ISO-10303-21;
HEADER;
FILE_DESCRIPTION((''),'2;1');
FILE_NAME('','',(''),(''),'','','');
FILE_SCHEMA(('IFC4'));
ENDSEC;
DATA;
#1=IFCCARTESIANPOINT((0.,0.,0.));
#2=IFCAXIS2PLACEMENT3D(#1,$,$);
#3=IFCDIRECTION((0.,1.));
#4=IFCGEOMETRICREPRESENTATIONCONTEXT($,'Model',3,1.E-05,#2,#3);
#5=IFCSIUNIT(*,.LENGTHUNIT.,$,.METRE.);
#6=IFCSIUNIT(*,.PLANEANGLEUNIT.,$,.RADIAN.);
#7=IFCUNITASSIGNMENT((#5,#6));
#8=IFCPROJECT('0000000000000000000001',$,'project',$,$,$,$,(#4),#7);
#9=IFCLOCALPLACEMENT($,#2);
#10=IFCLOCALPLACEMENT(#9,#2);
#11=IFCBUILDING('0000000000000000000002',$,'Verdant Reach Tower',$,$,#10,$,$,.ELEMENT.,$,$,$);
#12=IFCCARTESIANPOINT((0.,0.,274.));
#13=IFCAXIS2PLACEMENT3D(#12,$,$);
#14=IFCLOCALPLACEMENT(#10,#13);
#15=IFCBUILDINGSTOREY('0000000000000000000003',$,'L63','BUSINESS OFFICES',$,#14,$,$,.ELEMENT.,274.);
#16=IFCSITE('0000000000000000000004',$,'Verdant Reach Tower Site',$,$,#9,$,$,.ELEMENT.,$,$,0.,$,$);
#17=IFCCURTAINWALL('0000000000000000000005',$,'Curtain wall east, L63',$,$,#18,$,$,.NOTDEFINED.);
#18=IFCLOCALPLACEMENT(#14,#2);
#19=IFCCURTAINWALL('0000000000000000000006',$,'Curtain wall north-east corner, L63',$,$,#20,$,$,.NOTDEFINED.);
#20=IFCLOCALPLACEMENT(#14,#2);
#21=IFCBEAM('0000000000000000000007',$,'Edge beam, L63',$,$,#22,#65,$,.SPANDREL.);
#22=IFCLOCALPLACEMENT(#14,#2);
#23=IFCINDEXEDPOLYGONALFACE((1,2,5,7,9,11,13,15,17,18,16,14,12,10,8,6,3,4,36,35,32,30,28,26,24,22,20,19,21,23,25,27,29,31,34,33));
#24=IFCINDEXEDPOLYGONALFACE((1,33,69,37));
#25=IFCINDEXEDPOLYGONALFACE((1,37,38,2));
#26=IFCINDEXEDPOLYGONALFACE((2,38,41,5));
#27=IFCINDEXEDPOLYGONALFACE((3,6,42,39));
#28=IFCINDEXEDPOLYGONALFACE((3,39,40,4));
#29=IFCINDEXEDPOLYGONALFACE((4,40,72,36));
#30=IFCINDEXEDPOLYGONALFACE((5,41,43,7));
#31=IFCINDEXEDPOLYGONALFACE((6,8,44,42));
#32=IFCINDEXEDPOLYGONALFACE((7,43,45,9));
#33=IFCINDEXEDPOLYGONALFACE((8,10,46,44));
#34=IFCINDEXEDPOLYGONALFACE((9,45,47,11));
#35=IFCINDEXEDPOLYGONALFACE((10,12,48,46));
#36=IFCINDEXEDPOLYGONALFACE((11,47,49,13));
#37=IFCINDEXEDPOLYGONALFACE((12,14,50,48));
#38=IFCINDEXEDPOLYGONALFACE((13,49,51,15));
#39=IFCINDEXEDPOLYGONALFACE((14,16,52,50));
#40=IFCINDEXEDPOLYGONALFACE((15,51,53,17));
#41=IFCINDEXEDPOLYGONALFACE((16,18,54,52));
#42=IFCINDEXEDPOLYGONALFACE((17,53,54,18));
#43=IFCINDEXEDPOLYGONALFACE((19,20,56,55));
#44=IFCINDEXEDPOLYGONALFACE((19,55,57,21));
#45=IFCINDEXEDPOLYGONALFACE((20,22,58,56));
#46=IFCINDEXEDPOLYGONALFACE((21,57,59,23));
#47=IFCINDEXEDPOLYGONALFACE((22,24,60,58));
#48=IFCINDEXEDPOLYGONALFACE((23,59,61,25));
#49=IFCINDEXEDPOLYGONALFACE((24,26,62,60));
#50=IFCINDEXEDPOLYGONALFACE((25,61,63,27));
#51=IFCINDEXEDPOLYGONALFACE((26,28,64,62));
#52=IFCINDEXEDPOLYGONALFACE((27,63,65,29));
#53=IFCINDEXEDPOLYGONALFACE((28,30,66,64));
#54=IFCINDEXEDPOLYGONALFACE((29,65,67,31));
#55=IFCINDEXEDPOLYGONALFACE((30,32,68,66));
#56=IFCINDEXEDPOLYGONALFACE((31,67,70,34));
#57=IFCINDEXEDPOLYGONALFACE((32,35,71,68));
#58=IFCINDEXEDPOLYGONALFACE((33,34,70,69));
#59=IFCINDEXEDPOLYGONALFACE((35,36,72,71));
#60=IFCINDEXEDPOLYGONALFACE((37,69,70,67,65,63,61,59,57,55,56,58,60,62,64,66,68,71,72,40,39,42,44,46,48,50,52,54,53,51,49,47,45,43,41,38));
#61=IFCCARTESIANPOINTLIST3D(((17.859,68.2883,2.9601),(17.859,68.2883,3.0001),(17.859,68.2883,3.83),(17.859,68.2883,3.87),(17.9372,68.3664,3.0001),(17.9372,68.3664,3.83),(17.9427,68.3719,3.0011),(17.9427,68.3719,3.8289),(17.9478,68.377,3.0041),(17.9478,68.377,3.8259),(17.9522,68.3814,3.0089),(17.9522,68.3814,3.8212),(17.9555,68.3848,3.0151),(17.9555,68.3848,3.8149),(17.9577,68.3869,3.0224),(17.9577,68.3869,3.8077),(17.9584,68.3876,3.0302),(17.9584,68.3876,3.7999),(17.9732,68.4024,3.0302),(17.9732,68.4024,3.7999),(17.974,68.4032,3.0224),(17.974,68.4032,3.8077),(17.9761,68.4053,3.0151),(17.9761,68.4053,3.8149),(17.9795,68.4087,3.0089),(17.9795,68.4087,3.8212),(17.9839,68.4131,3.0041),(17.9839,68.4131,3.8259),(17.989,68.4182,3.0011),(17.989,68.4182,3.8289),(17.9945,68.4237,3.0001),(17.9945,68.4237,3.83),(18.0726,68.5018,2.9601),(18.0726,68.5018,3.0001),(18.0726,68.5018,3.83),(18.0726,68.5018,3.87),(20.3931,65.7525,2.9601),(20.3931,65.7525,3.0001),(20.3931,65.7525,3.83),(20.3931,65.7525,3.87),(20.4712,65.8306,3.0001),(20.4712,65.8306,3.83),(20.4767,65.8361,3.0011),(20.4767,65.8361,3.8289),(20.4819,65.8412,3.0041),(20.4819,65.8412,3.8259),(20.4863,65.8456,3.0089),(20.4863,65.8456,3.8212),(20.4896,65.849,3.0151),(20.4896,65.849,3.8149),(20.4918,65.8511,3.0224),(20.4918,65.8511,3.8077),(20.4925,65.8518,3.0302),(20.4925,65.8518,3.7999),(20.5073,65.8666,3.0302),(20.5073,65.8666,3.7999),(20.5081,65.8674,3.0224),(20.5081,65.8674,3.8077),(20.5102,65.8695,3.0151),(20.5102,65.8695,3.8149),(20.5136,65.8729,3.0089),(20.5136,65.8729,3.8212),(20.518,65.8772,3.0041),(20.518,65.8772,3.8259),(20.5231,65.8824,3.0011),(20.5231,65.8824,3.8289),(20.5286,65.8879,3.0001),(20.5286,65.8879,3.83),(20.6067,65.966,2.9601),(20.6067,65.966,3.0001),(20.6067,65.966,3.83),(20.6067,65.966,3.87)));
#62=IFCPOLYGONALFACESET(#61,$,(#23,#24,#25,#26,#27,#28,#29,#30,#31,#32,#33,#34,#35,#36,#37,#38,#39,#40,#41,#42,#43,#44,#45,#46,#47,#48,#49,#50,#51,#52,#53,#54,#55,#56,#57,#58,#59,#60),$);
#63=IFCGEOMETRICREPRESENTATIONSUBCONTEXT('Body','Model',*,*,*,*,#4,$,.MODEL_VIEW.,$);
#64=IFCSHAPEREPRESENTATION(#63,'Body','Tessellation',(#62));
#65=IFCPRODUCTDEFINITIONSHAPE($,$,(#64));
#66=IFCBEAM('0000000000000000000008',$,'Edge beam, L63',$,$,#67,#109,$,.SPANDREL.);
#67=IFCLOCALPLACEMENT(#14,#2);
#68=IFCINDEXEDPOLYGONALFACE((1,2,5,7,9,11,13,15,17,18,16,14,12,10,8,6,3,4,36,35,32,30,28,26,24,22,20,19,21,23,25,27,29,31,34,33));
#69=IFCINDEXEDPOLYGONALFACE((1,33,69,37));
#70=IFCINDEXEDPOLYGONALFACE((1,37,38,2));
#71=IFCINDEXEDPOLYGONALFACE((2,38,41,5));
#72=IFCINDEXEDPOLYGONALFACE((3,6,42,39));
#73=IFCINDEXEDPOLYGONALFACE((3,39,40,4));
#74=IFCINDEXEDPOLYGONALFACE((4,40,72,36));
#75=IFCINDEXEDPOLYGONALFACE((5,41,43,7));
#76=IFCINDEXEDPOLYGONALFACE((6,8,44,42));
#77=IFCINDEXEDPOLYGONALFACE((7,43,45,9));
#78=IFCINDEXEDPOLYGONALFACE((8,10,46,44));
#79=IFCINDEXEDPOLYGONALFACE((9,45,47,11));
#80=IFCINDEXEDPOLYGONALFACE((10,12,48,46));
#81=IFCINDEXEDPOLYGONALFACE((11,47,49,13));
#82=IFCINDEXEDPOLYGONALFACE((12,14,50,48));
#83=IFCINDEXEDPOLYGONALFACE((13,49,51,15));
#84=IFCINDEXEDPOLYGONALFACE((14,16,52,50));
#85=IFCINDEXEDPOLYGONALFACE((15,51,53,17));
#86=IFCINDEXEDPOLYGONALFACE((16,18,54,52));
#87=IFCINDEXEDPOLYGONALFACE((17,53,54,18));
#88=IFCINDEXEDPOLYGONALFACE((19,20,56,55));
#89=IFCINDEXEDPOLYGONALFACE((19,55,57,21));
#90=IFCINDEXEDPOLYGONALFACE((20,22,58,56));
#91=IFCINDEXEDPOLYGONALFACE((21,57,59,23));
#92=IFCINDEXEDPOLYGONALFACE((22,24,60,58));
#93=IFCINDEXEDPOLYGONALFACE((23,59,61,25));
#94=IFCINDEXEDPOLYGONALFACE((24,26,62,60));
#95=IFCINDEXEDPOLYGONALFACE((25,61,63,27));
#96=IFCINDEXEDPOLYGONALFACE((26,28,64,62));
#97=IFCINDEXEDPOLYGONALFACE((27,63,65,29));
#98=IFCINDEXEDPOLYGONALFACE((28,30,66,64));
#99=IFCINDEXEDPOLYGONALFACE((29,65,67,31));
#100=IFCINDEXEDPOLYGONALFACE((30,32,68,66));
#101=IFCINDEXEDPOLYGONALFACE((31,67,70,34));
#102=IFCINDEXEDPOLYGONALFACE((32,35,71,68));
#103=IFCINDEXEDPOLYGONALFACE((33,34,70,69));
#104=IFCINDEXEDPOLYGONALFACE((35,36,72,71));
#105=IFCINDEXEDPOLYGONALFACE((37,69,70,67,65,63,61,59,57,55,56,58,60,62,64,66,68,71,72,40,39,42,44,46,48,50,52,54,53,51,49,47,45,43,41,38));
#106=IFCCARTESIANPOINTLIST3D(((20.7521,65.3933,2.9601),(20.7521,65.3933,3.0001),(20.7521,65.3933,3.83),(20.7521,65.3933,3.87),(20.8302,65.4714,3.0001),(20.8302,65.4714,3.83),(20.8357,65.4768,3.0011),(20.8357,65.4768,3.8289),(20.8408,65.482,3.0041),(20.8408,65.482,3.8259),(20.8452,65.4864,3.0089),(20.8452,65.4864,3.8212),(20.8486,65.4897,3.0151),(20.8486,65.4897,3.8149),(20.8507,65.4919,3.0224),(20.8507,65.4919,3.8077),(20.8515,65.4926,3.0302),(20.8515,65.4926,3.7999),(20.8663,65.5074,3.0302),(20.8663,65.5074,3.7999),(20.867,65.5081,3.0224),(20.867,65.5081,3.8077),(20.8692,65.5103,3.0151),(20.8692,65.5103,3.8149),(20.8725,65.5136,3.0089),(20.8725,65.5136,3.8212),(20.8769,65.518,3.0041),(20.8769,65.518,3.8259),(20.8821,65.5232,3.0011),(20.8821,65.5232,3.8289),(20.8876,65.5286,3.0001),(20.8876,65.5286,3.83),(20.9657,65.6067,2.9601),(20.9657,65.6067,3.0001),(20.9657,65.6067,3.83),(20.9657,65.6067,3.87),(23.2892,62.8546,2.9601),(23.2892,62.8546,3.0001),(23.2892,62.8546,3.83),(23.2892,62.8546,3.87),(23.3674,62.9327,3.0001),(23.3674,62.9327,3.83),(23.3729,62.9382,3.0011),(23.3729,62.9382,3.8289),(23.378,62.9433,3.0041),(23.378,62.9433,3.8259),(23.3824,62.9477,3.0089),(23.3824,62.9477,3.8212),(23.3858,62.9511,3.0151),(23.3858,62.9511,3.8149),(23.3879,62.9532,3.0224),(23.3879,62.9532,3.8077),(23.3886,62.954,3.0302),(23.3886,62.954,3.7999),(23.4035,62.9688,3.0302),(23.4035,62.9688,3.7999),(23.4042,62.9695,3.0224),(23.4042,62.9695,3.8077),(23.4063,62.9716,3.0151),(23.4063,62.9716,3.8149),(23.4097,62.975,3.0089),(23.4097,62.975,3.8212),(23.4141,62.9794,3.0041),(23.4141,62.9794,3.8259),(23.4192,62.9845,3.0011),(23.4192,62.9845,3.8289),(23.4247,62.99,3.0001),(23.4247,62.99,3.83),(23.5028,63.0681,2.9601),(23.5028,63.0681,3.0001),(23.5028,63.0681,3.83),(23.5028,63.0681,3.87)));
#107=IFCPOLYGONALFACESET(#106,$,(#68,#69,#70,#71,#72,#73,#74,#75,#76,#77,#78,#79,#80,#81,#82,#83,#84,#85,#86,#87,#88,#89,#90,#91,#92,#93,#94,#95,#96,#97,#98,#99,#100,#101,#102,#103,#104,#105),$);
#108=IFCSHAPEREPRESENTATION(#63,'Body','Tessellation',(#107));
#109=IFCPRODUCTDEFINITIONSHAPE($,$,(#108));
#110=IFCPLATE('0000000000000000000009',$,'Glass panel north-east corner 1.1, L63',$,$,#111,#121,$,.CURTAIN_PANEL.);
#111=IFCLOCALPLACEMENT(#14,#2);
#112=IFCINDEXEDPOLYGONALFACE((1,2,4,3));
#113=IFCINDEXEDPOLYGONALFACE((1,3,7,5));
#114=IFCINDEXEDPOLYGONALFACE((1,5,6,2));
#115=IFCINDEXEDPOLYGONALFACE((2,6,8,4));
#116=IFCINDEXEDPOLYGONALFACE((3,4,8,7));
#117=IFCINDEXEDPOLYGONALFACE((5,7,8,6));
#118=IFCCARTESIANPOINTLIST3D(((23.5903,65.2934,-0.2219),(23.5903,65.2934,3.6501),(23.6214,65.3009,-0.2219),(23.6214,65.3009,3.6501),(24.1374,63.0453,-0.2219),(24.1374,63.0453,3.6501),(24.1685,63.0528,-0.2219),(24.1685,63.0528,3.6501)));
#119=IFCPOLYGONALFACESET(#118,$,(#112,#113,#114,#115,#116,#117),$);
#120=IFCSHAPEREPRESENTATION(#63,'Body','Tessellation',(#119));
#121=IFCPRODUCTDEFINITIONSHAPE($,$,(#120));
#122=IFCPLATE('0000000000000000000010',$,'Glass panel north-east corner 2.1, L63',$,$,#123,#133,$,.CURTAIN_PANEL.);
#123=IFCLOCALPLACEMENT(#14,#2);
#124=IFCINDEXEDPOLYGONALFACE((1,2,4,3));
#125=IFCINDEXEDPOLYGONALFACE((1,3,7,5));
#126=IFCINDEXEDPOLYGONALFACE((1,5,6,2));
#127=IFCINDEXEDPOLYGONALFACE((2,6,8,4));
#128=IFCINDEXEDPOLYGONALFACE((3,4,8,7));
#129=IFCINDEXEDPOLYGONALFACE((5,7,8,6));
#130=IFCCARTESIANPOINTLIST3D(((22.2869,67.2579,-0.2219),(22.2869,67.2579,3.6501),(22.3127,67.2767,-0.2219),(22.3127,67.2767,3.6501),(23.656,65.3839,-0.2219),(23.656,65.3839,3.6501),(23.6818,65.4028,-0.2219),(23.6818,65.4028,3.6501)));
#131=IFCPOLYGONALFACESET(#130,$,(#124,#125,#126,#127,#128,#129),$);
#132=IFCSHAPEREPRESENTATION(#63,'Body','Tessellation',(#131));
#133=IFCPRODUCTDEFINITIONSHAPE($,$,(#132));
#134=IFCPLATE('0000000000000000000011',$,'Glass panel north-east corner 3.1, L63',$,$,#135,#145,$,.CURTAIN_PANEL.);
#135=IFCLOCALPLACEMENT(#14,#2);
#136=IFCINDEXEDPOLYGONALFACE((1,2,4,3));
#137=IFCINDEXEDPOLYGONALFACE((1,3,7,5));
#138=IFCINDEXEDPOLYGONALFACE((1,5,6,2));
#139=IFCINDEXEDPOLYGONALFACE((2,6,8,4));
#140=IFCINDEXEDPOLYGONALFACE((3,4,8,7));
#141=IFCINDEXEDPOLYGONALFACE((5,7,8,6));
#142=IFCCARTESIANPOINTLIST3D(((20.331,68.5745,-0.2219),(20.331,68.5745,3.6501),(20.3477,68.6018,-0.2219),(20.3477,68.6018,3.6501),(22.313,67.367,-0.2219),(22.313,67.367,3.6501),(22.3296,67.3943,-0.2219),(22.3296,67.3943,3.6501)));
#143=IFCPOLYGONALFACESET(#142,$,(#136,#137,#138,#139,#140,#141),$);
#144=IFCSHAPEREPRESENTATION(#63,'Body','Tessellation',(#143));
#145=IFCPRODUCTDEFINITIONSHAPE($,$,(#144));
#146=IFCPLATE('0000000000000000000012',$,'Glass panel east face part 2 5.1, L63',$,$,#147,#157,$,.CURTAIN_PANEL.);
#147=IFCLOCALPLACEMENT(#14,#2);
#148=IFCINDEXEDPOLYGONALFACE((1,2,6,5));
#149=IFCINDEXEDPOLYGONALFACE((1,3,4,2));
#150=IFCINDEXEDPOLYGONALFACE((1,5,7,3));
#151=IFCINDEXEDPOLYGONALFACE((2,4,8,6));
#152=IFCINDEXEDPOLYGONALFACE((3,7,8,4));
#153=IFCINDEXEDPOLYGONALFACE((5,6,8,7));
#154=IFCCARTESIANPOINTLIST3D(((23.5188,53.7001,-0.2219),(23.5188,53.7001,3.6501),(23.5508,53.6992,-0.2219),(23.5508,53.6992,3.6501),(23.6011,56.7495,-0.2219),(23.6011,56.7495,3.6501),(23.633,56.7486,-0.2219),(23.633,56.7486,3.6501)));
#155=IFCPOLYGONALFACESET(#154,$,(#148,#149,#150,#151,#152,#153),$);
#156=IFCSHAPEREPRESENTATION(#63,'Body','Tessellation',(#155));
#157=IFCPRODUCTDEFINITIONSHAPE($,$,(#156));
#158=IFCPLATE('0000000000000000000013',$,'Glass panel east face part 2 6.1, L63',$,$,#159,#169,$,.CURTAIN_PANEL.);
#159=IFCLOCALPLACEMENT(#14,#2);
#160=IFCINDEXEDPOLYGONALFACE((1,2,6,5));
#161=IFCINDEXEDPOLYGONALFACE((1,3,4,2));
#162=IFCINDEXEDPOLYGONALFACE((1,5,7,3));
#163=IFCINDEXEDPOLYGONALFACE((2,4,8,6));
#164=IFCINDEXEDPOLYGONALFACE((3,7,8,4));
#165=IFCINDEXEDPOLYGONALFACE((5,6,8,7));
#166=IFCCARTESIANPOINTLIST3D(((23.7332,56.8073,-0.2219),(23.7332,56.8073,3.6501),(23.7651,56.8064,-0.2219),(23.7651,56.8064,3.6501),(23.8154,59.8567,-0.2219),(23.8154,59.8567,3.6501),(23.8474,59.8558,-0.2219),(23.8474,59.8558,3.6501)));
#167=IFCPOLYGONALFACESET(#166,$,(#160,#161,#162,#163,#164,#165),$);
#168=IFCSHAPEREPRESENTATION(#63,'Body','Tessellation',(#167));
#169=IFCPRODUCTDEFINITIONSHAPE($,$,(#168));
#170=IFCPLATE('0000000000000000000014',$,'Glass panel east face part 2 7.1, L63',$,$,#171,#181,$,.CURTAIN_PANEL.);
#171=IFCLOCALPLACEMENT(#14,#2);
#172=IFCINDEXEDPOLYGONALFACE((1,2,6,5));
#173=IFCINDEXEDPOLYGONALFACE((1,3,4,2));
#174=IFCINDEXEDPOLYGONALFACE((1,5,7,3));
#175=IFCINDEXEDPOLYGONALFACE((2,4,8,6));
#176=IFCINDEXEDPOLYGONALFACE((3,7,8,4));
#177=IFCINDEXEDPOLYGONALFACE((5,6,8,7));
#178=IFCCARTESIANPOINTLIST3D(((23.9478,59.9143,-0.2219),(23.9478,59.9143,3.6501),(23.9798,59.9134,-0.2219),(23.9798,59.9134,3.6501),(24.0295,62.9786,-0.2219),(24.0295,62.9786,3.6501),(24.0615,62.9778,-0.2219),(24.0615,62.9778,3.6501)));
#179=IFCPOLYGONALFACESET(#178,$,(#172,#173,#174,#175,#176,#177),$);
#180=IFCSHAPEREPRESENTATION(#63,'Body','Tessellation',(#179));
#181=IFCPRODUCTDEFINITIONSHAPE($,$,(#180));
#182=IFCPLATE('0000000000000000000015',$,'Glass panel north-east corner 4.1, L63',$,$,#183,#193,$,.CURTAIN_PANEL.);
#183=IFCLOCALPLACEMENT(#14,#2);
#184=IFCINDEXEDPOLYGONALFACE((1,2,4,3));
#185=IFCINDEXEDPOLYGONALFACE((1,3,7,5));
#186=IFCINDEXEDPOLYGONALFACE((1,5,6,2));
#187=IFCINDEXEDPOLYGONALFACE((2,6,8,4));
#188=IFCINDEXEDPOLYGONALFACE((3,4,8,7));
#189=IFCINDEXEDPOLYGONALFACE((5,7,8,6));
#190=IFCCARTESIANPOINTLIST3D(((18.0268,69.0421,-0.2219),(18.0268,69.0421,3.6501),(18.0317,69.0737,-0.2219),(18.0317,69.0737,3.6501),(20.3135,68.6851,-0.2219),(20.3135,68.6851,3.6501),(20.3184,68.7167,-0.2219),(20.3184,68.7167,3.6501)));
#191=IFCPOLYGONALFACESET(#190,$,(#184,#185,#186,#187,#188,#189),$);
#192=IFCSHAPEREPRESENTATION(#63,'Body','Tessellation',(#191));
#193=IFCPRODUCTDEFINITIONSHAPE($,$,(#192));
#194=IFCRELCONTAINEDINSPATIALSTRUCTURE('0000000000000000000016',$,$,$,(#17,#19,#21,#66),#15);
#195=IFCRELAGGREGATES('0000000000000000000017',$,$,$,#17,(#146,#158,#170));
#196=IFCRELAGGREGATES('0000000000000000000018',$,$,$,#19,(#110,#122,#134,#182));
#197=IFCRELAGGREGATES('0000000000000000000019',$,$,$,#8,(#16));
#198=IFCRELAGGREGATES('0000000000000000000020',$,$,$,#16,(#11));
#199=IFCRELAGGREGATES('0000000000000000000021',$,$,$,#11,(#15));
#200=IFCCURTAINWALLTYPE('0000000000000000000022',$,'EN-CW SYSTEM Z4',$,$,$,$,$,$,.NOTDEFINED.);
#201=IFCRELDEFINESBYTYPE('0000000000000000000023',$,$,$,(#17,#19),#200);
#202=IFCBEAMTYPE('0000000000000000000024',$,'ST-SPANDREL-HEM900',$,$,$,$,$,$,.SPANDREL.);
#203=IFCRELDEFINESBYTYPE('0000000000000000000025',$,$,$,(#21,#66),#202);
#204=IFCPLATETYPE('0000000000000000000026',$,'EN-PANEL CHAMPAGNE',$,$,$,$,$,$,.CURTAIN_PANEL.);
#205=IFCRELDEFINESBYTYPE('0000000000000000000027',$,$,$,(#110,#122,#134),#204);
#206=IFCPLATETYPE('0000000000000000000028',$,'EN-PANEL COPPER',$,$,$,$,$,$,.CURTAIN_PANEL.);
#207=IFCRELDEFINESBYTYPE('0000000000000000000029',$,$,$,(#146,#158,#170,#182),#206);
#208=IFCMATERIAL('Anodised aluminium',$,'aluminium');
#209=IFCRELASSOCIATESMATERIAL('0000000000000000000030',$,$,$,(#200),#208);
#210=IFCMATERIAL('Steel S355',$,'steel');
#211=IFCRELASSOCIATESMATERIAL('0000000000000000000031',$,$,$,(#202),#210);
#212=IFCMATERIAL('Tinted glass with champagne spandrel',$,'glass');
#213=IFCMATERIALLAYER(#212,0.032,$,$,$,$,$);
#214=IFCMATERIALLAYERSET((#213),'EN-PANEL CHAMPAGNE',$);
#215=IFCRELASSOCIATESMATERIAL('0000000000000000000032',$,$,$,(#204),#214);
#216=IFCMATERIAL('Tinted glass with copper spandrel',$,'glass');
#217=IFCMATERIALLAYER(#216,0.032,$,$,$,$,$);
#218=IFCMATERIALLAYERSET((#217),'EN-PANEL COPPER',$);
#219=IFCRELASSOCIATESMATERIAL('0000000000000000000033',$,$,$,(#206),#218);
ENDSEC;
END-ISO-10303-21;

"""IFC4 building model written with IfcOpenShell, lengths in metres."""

from ifc_helpers import new_model, si_unit, direction, frame, origin, origin_2d, place, context, subcontext, project, spatial, rectangle, i_section, extrude, material, layer, layer_set, material_profile, profile_set, type_object, element, aggregate, save


model = new_model("IFC4")

# Units and contexts
model_context = context("Model", 3, precision=1e-05, world=origin(), true_north=direction((0.0, 1.0)))
body_context = subcontext(model_context, "Body", "Model", "MODEL_VIEW")
ifc_project = project(units=[si_unit("LENGTHUNIT", "METRE"), si_unit("PLANEANGLEUNIT", "RADIAN")], contexts=[model_context])

# Site, building, storey
site_placement = place(None, origin())
site = spatial("IfcSite", under=ifc_project, at=site_placement, Name="Verdant Reach Tower Site", CompositionType="ELEMENT", RefElevation=0.0)
building_placement = place(site_placement, origin())
building = spatial("IfcBuilding", under=site, at=building_placement, Name="Verdant Reach Tower", CompositionType="ELEMENT")
storey_placement = place(building_placement, frame((0.0, 0.0, 274.0)))
storey = spatial("IfcBuildingStorey", under=building, at=storey_placement, Name="L63", Description="BUSINESS OFFICES", CompositionType="ELEMENT", Elevation=274.0)

# Curtain walls
ifc_material_1 = material(Name="Anodised aluminium", Category="aluminium")
curtain_wall_type = type_object("IfcCurtainWallType", Name="EN-CW SYSTEM Z4", PredefinedType="NOTDEFINED", material=ifc_material_1)
curtain_wall_1_placement = place(storey_placement, origin())
curtain_wall_1 = element("IfcCurtainWall", 1, at=curtain_wall_1_placement, inside=storey, type_object=curtain_wall_type, Name="Curtain wall east, L63", PredefinedType="NOTDEFINED")
curtain_wall_2_placement = place(storey_placement, origin())
curtain_wall_2 = element("IfcCurtainWall", 2, at=curtain_wall_2_placement, inside=storey, type_object=curtain_wall_type, Name="Curtain wall north-east corner, L63", PredefinedType="NOTDEFINED")

# Beams
ifc_material_2 = material(Name="Steel S355", Category="steel")
ifc_material_profile_1 = material_profile(ifc_material_2, i_section(OverallWidth=0.302, OverallDepth=0.9099, WebThickness=0.021, FlangeThickness=0.04, FilletRadius=0.03, at=origin_2d()), Name="HEM 900")
ifc_profile_set_1 = profile_set([ifc_material_profile_1], Name="Steel S355")
beam_type_1 = type_object("IfcBeamType", Name="ST-SPANDREL-HEM900", PredefinedType="SPANDREL", material=ifc_profile_set_1)
beam_1_placement = place(storey_placement, frame((17.9658, 68.395, 3.415), z_axis=(0.706868, -0.707345, 0.0), x_axis=(0.707345, 0.706868, 0.0)))
element("IfcBeam", 3, at=beam_1_placement, inside=storey, type_object=beam_type_1, Name="Edge beam, L63", PredefinedType="SPANDREL", context=body_context, shape_type="SweptSolid", body=[
    extrude(i_section(OverallWidth=0.302, OverallDepth=0.9099, WebThickness=0.021, FlangeThickness=0.04, FilletRadius=0.03, at=origin_2d()), origin(), (0.0, 0.0, 1.0), 3.585),
])
beam_2_placement = place(storey_placement, frame((20.8589, 65.5, 3.415), z_axis=(0.706903, -0.707311, 0.0), x_axis=(0.707311, 0.706903, 0.0)))
element("IfcBeam", 4, at=beam_2_placement, inside=storey, type_object=beam_type_1, Name="Edge beam, L63", PredefinedType="SPANDREL", context=body_context, shape_type="SweptSolid", body=[
    extrude(i_section(OverallWidth=0.302, OverallDepth=0.9099, WebThickness=0.021, FlangeThickness=0.04, FilletRadius=0.03, at=origin_2d()), origin(), (0.0, 0.0, 1.0), 3.5891),
])

# Plates
ifc_material_3 = material(Name="Tinted glass with champagne spandrel", Category="glass")
ifc_layer_1 = layer(ifc_material_3, 0.032)
ifc_layer_set_1 = layer_set([ifc_layer_1], Name="EN-PANEL CHAMPAGNE")
plate_type_1 = type_object("IfcPlateType", Name="EN-PANEL CHAMPAGNE", PredefinedType="CURTAIN_PANEL", material=ifc_layer_set_1)
plate_1_placement = place(storey_placement, frame((23.8794, 64.1731, -0.2219), z_axis=(0.0, 0.0, 1.0), x_axis=(-0.236459, 0.971642, 0.0)))
plate_1 = element("IfcPlate", 5, at=plate_1_placement, type_object=plate_type_1, Name="Glass panel north-east corner 1.1, L63", PredefinedType="CURTAIN_PANEL", context=body_context, shape_type="SweptSolid", body=[
    extrude(rectangle(XDim=2.3137, YDim=0.032, at=origin_2d()), origin(), (0.0, 0.0, 1.0), 3.8721),
])
plate_2_placement = place(storey_placement, frame((22.9844, 66.3303, -0.2219), z_axis=(0.0, 0.0, 1.0), x_axis=(-0.589927, 0.807457, 0.0)))
plate_2 = element("IfcPlate", 6, at=plate_2_placement, type_object=plate_type_1, Name="Glass panel north-east corner 2.1, L63", PredefinedType="CURTAIN_PANEL", context=body_context, shape_type="SweptSolid", body=[
    extrude(rectangle(XDim=2.3208, YDim=0.032, at=origin_2d()), origin(), (0.0, 0.0, 1.0), 3.8721),
])
plate_3_placement = place(storey_placement, frame((21.3303, 67.9844, -0.2219), z_axis=(0.0, 0.0, 1.0), x_axis=(-0.853989, 0.520292, 0.0)))
plate_3 = element("IfcPlate", 7, at=plate_3_placement, type_object=plate_type_1, Name="Glass panel north-east corner 3.1, L63", PredefinedType="CURTAIN_PANEL", context=body_context, shape_type="SweptSolid", body=[
    extrude(rectangle(XDim=2.3208, YDim=0.032, at=origin_2d()), origin(), (0.0, 0.0, 1.0), 3.8721),
])
ifc_material_4 = material(Name="Tinted glass with copper spandrel", Category="glass")
ifc_layer_2 = layer(ifc_material_4, 0.032)
ifc_layer_set_2 = layer_set([ifc_layer_2], Name="EN-PANEL COPPER")
plate_type_2 = type_object("IfcPlateType", Name="EN-PANEL COPPER", PredefinedType="CURTAIN_PANEL", material=ifc_layer_set_2)
plate_4_placement = place(storey_placement, frame((23.5759, 55.2244, -0.2219), z_axis=(0.0, 0.0, 1.0), x_axis=(0.026965, 0.999636, 0.0)))
plate_4 = element("IfcPlate", 8, at=plate_4_placement, type_object=plate_type_2, Name="Glass panel east face part 2 5.1, L63", PredefinedType="CURTAIN_PANEL", context=body_context, shape_type="SweptSolid", body=[
    extrude(rectangle(XDim=3.0505, YDim=0.032, at=origin_2d()), origin(), (0.0, 0.0, 1.0), 3.8721),
])
plate_5_placement = place(storey_placement, frame((23.7903, 58.3315, -0.2219), z_axis=(0.0, 0.0, 1.0), x_axis=(0.026965, 0.999636, 0.0)))
plate_5 = element("IfcPlate", 9, at=plate_5_placement, type_object=plate_type_2, Name="Glass panel east face part 2 6.1, L63", PredefinedType="CURTAIN_PANEL", context=body_context, shape_type="SweptSolid", body=[
    extrude(rectangle(XDim=3.0505, YDim=0.032, at=origin_2d()), origin(), (0.0, 0.0, 1.0), 3.8721),
])
plate_6_placement = place(storey_placement, frame((24.0046, 61.446, -0.2219), z_axis=(0.0, 0.0, 1.0), x_axis=(0.026651, 0.999645, 0.0)))
plate_6 = element("IfcPlate", 10, at=plate_6_placement, type_object=plate_type_2, Name="Glass panel east face part 2 7.1, L63", PredefinedType="CURTAIN_PANEL", context=body_context, shape_type="SweptSolid", body=[
    extrude(rectangle(XDim=3.0654, YDim=0.032, at=origin_2d()), origin(), (0.0, 0.0, 1.0), 3.8721),
])
aggregate(curtain_wall_1, [plate_4, plate_5, plate_6])
plate_7_placement = place(storey_placement, frame((19.1726, 68.8794, -0.2219), z_axis=(0.0, 0.0, 1.0), x_axis=(-0.988027, 0.154279, 0.0)))
plate_7 = element("IfcPlate", 11, at=plate_7_placement, type_object=plate_type_2, Name="Glass panel north-east corner 4.1, L63", PredefinedType="CURTAIN_PANEL", context=body_context, shape_type="SweptSolid", body=[
    extrude(rectangle(XDim=2.3145, YDim=0.032, at=origin_2d()), origin(), (0.0, 0.0, 1.0), 3.8721),
])
aggregate(curtain_wall_2, [plate_1, plate_2, plate_3, plate_7])

save(model, "model.ifc")
